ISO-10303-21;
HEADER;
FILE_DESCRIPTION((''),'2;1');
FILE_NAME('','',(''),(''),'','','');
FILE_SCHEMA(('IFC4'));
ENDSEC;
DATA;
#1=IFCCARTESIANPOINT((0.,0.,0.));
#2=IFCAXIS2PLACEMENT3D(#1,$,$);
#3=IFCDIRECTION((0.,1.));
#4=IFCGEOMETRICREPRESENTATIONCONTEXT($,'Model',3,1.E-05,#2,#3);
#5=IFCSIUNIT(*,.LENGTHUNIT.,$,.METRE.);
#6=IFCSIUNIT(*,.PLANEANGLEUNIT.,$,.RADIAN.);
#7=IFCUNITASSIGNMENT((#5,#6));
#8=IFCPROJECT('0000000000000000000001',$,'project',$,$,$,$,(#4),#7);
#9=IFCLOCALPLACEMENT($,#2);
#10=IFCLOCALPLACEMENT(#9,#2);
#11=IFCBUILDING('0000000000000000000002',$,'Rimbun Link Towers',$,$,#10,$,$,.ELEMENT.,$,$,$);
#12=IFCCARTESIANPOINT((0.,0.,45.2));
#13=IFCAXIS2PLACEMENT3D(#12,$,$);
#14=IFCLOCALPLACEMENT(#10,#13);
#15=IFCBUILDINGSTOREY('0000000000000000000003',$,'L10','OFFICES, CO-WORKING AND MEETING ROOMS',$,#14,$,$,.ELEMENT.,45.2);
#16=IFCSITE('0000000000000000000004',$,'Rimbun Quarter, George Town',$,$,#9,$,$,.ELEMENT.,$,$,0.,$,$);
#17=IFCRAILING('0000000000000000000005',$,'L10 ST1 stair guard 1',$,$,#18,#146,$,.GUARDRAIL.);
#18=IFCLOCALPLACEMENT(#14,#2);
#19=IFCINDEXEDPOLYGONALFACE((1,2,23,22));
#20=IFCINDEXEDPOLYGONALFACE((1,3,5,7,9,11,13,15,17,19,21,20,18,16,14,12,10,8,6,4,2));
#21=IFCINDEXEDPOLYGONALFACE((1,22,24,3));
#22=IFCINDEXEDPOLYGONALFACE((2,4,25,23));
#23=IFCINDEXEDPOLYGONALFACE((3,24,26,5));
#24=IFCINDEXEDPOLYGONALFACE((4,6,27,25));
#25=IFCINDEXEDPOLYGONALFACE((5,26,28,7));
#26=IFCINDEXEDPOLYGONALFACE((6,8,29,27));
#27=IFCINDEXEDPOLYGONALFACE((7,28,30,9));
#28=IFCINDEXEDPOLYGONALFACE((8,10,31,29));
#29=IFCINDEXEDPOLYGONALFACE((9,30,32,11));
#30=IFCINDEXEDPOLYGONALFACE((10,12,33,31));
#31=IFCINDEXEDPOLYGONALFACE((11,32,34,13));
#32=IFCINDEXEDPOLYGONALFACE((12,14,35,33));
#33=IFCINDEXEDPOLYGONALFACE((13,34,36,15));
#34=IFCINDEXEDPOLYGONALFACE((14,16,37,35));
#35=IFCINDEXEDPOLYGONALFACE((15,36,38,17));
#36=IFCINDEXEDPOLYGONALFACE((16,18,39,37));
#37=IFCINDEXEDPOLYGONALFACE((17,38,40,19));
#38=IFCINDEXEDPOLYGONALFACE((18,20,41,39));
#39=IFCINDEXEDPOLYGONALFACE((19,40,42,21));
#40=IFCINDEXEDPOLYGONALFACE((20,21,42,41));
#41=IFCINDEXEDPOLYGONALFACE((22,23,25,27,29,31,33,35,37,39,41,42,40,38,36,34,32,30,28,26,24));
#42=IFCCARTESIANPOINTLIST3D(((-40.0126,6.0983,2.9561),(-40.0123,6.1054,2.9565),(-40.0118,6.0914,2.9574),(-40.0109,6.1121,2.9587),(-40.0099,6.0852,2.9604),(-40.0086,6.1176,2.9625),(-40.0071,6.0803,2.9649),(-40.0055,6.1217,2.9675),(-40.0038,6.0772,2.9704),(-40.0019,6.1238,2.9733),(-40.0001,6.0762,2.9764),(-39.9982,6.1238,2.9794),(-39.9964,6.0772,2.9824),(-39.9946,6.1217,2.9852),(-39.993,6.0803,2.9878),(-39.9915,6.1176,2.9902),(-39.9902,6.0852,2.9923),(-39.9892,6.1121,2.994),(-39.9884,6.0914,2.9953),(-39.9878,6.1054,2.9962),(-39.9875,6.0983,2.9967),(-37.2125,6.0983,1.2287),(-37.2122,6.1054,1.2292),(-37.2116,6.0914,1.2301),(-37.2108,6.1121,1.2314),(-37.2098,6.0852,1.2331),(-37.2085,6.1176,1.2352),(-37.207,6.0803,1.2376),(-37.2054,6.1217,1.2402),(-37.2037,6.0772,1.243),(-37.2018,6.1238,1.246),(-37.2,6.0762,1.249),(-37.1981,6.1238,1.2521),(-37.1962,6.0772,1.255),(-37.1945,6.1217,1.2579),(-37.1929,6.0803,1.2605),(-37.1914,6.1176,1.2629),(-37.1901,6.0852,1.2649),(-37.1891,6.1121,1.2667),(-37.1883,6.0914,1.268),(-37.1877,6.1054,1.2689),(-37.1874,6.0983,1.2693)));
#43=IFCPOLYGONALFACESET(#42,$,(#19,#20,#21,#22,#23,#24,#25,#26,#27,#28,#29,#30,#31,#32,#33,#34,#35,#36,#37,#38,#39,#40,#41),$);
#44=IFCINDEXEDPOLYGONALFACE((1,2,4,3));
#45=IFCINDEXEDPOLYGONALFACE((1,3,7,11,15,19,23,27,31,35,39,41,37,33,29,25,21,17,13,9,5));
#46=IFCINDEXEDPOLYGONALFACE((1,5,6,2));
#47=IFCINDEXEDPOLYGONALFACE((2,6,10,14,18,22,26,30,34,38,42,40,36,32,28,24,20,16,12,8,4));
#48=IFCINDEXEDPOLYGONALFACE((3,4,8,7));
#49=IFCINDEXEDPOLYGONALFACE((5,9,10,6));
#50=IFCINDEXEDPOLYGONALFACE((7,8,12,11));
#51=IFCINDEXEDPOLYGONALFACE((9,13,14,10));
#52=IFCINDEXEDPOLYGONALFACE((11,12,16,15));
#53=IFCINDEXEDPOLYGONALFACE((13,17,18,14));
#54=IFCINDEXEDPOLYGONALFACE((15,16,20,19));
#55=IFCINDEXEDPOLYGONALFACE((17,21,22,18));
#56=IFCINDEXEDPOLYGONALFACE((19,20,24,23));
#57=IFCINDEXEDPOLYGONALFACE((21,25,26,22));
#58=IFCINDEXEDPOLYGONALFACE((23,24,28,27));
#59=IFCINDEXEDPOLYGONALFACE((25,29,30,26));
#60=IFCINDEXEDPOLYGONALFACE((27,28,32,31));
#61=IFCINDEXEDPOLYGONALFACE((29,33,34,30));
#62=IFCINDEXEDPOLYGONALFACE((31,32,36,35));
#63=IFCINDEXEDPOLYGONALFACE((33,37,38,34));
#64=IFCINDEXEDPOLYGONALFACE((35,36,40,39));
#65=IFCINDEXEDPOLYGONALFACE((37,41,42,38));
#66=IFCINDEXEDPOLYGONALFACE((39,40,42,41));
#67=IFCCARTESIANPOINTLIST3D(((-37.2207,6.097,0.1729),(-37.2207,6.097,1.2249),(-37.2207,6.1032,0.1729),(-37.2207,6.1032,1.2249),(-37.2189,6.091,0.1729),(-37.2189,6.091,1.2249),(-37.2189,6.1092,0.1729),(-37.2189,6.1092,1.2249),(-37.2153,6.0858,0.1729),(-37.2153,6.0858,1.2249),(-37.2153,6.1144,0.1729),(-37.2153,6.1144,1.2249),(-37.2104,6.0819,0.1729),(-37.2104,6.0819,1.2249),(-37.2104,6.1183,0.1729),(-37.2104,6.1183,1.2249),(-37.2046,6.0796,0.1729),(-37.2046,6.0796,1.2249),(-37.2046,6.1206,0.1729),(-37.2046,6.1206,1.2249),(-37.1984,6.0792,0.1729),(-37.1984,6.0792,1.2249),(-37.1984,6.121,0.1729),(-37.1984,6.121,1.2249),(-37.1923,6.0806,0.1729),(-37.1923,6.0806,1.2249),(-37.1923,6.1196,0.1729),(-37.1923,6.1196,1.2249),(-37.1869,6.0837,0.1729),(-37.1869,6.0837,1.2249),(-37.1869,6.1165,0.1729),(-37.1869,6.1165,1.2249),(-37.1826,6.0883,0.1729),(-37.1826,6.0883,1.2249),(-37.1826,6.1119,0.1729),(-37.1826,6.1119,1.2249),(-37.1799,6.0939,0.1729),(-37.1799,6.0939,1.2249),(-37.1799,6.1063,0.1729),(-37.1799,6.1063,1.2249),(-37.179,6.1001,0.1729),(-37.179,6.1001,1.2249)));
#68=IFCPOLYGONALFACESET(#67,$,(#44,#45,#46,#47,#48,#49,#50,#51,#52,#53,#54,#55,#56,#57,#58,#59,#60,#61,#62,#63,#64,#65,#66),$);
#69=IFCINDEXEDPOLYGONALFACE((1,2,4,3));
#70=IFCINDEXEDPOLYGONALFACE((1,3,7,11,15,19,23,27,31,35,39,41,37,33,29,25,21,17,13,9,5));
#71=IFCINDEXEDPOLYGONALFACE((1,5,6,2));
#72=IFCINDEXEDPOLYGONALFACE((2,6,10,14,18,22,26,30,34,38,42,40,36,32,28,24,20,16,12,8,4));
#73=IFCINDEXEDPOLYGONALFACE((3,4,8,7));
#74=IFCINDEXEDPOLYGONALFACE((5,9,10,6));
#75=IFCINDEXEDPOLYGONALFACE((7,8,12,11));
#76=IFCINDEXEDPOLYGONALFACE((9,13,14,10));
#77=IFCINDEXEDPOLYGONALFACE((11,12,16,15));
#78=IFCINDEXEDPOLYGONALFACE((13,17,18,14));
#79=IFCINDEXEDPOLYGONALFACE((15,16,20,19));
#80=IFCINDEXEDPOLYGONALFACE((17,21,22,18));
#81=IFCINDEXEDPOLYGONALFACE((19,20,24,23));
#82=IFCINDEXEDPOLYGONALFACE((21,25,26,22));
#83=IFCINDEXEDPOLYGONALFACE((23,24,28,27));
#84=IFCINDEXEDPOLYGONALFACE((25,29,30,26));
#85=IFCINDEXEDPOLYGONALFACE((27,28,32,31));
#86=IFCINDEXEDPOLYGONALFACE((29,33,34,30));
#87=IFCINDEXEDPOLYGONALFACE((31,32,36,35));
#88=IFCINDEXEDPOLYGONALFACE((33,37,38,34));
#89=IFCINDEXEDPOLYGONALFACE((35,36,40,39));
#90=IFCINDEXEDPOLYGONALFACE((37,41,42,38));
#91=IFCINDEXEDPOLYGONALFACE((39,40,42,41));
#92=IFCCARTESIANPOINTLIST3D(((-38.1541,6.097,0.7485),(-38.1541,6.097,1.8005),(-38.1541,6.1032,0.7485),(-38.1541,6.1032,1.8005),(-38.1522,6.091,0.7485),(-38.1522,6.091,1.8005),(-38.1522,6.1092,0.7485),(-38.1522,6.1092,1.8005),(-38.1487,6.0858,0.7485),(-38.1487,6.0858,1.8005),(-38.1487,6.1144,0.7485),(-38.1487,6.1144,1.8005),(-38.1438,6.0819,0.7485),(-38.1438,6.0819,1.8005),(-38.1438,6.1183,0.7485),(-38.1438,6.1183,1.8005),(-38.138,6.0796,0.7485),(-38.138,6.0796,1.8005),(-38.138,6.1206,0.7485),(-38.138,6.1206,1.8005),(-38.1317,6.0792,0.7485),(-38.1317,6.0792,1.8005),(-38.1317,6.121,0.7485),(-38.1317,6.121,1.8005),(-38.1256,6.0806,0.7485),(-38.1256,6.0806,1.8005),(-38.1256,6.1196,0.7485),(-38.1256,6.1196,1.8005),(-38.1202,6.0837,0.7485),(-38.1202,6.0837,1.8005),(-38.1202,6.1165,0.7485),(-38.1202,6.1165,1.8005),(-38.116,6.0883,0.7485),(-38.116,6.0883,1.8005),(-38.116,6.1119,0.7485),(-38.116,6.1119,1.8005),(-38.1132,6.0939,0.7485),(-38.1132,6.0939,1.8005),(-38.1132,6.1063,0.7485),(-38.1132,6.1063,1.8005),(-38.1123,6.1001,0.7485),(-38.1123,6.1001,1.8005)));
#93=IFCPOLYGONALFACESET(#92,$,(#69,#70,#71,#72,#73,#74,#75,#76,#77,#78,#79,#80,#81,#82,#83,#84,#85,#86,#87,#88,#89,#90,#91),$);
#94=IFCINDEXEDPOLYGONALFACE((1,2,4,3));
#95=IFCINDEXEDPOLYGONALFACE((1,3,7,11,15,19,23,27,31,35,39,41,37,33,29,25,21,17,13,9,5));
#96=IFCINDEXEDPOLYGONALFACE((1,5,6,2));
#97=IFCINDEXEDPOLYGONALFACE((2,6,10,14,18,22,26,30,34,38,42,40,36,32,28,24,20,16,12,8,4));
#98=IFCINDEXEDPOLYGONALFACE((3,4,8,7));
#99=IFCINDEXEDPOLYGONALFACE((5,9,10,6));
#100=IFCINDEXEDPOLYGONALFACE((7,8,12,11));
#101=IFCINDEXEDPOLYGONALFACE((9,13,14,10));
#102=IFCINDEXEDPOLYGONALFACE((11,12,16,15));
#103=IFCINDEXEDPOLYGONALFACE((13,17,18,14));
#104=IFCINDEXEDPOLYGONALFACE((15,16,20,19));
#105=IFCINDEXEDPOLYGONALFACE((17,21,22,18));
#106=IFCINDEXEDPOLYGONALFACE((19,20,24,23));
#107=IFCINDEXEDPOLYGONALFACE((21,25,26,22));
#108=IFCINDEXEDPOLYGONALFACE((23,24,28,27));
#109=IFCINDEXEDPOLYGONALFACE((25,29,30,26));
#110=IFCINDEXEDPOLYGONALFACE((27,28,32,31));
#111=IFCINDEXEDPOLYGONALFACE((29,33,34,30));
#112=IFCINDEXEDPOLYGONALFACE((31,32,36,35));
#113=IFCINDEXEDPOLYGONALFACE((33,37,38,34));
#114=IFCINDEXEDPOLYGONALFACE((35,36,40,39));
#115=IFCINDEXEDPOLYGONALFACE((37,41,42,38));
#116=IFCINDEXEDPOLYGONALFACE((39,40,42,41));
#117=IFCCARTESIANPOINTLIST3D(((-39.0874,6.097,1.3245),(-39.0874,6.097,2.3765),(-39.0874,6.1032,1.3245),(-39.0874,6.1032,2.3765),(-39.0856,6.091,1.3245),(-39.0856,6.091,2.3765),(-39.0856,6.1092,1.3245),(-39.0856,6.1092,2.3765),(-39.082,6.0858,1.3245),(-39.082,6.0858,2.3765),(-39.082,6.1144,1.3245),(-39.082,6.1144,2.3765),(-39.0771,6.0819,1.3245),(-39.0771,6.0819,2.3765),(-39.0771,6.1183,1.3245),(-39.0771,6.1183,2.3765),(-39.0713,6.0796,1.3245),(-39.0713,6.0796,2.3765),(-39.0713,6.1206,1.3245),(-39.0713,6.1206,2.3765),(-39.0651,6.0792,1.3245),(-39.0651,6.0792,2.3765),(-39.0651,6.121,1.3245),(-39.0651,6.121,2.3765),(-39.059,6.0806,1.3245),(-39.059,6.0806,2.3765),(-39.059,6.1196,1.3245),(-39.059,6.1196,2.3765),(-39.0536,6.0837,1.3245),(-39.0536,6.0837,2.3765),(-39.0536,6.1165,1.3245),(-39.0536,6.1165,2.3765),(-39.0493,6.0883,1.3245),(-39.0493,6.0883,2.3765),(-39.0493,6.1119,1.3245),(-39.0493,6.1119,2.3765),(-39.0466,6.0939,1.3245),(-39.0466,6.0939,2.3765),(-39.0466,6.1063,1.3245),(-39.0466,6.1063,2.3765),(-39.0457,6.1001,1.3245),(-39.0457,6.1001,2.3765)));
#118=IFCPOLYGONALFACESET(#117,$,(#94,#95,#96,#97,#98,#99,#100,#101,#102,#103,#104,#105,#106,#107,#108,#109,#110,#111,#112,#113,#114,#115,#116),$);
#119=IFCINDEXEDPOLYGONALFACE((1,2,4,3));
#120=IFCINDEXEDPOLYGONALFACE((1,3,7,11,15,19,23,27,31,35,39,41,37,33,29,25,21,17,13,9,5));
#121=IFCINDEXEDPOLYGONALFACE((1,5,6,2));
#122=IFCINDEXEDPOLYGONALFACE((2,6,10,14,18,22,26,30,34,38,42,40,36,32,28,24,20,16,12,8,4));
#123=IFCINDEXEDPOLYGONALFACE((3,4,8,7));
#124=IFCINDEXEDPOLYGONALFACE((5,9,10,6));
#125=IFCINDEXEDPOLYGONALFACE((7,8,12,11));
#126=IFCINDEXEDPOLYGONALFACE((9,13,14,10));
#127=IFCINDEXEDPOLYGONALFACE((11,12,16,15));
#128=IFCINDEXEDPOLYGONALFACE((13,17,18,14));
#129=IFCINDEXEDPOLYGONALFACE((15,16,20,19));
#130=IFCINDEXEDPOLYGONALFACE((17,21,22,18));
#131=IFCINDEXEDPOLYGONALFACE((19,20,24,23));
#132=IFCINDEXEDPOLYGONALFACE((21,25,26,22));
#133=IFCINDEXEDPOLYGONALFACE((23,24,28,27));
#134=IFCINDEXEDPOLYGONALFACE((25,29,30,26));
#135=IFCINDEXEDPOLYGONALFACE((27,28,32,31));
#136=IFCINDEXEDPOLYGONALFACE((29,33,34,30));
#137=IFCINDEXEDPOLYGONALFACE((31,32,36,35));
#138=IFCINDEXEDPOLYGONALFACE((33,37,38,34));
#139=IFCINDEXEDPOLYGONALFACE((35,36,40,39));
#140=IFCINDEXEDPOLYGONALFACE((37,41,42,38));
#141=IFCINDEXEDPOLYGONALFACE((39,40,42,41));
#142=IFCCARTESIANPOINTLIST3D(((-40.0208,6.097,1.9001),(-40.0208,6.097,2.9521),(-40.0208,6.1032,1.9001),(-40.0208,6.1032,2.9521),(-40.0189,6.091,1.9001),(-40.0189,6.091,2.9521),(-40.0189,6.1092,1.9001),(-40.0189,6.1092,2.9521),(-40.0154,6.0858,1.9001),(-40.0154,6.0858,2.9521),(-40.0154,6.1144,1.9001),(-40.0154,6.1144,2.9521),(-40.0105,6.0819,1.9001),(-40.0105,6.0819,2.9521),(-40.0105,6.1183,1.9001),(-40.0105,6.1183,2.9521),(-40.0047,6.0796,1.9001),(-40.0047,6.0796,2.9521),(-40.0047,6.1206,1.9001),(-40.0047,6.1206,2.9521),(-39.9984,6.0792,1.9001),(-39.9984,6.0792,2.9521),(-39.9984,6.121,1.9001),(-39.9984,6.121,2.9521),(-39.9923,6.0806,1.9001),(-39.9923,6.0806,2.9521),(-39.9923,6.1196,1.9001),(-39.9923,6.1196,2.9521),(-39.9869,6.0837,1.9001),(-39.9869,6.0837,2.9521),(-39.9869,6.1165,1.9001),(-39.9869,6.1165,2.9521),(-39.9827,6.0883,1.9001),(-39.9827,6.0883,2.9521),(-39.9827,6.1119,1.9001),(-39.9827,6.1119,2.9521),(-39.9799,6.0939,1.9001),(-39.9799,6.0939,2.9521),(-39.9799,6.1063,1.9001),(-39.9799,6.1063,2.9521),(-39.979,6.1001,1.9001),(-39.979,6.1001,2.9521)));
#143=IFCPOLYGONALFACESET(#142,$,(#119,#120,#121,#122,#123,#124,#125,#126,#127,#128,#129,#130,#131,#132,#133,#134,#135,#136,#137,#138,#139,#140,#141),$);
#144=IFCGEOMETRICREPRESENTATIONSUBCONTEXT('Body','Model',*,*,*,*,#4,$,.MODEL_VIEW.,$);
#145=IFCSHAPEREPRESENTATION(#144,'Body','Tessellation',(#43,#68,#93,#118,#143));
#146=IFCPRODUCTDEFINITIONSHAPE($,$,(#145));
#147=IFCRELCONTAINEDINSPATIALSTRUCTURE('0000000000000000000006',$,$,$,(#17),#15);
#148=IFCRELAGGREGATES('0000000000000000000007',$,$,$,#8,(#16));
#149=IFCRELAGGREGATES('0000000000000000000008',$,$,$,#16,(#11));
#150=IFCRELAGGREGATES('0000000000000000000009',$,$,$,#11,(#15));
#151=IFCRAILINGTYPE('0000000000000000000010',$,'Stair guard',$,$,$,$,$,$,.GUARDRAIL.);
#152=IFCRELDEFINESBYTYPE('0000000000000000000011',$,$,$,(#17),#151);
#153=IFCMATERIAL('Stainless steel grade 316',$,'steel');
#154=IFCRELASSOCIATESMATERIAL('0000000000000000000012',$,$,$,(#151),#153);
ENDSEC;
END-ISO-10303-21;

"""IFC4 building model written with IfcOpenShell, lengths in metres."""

from ifc_helpers import new_model, si_unit, direction, frame, origin, origin_2d, place, context, subcontext, project, spatial, circle, extrude, material, type_object, element, save


model = new_model("IFC4")

# Units and contexts
model_context = context("Model", 3, precision=1e-05, world=origin(), true_north=direction((0.0, 1.0)))
body_context = subcontext(model_context, "Body", "Model", "MODEL_VIEW")
ifc_project = project(units=[si_unit("LENGTHUNIT", "METRE"), si_unit("PLANEANGLEUNIT", "RADIAN")], contexts=[model_context])

# Site, building, storey
site_placement = place(None, origin())
site = spatial("IfcSite", under=ifc_project, at=site_placement, Name="Rimbun Quarter, George Town", CompositionType="ELEMENT", RefElevation=0.0)
building_placement = place(site_placement, origin())
building = spatial("IfcBuilding", under=site, at=building_placement, Name="Rimbun Link Towers", CompositionType="ELEMENT")
storey_placement = place(building_placement, frame((0.0, 0.0, 45.2)))
storey = spatial("IfcBuildingStorey", under=building, at=storey_placement, Name="L10", Description="OFFICES, CO-WORKING AND MEETING ROOMS", CompositionType="ELEMENT", Elevation=45.2)

# Railing
ifc_material_1 = material(Name="Stainless steel grade 316", Category="steel")
railing_type_1 = type_object("IfcRailingType", Name="Stair guard", PredefinedType="GUARDRAIL", material=ifc_material_1)
railing_1_placement = place(storey_placement, frame((-37.2, 6.1001, 0.1729)))
element("IfcRailing", 1, at=railing_1_placement, inside=storey, type_object=railing_type_1, Name="L10 ST1 stair guard 1", PredefinedType="GUARDRAIL", context=body_context, shape_type="SweptSolid", body=[
    extrude(circle(Radius=0.0239, at=origin_2d()), frame((0.0, 0.0, 1.0762), z_axis=(-0.85109, 0.0, 0.52502), x_axis=(0.0, -1.0, 0.0)), (0.0, 0.0, 1.0), 3.29),
    extrude(circle(Radius=0.021, at=origin_2d()), origin(), (0.0, 0.0, 1.0), 1.052),
    extrude(circle(Radius=0.021, at=origin_2d()), frame((-0.9333, 0.0, 0.5757)), (0.0, 0.0, 1.0), 1.052),
    extrude(circle(Radius=0.021, at=origin_2d()), frame((-1.8667, 0.0, 1.1516)), (0.0, 0.0, 1.0), 1.052),
    extrude(circle(Radius=0.021, at=origin_2d()), frame((-2.8, 0.0, 1.7273)), (0.0, 0.0, 1.0), 1.052),
])

save(model, "model.ifc")
